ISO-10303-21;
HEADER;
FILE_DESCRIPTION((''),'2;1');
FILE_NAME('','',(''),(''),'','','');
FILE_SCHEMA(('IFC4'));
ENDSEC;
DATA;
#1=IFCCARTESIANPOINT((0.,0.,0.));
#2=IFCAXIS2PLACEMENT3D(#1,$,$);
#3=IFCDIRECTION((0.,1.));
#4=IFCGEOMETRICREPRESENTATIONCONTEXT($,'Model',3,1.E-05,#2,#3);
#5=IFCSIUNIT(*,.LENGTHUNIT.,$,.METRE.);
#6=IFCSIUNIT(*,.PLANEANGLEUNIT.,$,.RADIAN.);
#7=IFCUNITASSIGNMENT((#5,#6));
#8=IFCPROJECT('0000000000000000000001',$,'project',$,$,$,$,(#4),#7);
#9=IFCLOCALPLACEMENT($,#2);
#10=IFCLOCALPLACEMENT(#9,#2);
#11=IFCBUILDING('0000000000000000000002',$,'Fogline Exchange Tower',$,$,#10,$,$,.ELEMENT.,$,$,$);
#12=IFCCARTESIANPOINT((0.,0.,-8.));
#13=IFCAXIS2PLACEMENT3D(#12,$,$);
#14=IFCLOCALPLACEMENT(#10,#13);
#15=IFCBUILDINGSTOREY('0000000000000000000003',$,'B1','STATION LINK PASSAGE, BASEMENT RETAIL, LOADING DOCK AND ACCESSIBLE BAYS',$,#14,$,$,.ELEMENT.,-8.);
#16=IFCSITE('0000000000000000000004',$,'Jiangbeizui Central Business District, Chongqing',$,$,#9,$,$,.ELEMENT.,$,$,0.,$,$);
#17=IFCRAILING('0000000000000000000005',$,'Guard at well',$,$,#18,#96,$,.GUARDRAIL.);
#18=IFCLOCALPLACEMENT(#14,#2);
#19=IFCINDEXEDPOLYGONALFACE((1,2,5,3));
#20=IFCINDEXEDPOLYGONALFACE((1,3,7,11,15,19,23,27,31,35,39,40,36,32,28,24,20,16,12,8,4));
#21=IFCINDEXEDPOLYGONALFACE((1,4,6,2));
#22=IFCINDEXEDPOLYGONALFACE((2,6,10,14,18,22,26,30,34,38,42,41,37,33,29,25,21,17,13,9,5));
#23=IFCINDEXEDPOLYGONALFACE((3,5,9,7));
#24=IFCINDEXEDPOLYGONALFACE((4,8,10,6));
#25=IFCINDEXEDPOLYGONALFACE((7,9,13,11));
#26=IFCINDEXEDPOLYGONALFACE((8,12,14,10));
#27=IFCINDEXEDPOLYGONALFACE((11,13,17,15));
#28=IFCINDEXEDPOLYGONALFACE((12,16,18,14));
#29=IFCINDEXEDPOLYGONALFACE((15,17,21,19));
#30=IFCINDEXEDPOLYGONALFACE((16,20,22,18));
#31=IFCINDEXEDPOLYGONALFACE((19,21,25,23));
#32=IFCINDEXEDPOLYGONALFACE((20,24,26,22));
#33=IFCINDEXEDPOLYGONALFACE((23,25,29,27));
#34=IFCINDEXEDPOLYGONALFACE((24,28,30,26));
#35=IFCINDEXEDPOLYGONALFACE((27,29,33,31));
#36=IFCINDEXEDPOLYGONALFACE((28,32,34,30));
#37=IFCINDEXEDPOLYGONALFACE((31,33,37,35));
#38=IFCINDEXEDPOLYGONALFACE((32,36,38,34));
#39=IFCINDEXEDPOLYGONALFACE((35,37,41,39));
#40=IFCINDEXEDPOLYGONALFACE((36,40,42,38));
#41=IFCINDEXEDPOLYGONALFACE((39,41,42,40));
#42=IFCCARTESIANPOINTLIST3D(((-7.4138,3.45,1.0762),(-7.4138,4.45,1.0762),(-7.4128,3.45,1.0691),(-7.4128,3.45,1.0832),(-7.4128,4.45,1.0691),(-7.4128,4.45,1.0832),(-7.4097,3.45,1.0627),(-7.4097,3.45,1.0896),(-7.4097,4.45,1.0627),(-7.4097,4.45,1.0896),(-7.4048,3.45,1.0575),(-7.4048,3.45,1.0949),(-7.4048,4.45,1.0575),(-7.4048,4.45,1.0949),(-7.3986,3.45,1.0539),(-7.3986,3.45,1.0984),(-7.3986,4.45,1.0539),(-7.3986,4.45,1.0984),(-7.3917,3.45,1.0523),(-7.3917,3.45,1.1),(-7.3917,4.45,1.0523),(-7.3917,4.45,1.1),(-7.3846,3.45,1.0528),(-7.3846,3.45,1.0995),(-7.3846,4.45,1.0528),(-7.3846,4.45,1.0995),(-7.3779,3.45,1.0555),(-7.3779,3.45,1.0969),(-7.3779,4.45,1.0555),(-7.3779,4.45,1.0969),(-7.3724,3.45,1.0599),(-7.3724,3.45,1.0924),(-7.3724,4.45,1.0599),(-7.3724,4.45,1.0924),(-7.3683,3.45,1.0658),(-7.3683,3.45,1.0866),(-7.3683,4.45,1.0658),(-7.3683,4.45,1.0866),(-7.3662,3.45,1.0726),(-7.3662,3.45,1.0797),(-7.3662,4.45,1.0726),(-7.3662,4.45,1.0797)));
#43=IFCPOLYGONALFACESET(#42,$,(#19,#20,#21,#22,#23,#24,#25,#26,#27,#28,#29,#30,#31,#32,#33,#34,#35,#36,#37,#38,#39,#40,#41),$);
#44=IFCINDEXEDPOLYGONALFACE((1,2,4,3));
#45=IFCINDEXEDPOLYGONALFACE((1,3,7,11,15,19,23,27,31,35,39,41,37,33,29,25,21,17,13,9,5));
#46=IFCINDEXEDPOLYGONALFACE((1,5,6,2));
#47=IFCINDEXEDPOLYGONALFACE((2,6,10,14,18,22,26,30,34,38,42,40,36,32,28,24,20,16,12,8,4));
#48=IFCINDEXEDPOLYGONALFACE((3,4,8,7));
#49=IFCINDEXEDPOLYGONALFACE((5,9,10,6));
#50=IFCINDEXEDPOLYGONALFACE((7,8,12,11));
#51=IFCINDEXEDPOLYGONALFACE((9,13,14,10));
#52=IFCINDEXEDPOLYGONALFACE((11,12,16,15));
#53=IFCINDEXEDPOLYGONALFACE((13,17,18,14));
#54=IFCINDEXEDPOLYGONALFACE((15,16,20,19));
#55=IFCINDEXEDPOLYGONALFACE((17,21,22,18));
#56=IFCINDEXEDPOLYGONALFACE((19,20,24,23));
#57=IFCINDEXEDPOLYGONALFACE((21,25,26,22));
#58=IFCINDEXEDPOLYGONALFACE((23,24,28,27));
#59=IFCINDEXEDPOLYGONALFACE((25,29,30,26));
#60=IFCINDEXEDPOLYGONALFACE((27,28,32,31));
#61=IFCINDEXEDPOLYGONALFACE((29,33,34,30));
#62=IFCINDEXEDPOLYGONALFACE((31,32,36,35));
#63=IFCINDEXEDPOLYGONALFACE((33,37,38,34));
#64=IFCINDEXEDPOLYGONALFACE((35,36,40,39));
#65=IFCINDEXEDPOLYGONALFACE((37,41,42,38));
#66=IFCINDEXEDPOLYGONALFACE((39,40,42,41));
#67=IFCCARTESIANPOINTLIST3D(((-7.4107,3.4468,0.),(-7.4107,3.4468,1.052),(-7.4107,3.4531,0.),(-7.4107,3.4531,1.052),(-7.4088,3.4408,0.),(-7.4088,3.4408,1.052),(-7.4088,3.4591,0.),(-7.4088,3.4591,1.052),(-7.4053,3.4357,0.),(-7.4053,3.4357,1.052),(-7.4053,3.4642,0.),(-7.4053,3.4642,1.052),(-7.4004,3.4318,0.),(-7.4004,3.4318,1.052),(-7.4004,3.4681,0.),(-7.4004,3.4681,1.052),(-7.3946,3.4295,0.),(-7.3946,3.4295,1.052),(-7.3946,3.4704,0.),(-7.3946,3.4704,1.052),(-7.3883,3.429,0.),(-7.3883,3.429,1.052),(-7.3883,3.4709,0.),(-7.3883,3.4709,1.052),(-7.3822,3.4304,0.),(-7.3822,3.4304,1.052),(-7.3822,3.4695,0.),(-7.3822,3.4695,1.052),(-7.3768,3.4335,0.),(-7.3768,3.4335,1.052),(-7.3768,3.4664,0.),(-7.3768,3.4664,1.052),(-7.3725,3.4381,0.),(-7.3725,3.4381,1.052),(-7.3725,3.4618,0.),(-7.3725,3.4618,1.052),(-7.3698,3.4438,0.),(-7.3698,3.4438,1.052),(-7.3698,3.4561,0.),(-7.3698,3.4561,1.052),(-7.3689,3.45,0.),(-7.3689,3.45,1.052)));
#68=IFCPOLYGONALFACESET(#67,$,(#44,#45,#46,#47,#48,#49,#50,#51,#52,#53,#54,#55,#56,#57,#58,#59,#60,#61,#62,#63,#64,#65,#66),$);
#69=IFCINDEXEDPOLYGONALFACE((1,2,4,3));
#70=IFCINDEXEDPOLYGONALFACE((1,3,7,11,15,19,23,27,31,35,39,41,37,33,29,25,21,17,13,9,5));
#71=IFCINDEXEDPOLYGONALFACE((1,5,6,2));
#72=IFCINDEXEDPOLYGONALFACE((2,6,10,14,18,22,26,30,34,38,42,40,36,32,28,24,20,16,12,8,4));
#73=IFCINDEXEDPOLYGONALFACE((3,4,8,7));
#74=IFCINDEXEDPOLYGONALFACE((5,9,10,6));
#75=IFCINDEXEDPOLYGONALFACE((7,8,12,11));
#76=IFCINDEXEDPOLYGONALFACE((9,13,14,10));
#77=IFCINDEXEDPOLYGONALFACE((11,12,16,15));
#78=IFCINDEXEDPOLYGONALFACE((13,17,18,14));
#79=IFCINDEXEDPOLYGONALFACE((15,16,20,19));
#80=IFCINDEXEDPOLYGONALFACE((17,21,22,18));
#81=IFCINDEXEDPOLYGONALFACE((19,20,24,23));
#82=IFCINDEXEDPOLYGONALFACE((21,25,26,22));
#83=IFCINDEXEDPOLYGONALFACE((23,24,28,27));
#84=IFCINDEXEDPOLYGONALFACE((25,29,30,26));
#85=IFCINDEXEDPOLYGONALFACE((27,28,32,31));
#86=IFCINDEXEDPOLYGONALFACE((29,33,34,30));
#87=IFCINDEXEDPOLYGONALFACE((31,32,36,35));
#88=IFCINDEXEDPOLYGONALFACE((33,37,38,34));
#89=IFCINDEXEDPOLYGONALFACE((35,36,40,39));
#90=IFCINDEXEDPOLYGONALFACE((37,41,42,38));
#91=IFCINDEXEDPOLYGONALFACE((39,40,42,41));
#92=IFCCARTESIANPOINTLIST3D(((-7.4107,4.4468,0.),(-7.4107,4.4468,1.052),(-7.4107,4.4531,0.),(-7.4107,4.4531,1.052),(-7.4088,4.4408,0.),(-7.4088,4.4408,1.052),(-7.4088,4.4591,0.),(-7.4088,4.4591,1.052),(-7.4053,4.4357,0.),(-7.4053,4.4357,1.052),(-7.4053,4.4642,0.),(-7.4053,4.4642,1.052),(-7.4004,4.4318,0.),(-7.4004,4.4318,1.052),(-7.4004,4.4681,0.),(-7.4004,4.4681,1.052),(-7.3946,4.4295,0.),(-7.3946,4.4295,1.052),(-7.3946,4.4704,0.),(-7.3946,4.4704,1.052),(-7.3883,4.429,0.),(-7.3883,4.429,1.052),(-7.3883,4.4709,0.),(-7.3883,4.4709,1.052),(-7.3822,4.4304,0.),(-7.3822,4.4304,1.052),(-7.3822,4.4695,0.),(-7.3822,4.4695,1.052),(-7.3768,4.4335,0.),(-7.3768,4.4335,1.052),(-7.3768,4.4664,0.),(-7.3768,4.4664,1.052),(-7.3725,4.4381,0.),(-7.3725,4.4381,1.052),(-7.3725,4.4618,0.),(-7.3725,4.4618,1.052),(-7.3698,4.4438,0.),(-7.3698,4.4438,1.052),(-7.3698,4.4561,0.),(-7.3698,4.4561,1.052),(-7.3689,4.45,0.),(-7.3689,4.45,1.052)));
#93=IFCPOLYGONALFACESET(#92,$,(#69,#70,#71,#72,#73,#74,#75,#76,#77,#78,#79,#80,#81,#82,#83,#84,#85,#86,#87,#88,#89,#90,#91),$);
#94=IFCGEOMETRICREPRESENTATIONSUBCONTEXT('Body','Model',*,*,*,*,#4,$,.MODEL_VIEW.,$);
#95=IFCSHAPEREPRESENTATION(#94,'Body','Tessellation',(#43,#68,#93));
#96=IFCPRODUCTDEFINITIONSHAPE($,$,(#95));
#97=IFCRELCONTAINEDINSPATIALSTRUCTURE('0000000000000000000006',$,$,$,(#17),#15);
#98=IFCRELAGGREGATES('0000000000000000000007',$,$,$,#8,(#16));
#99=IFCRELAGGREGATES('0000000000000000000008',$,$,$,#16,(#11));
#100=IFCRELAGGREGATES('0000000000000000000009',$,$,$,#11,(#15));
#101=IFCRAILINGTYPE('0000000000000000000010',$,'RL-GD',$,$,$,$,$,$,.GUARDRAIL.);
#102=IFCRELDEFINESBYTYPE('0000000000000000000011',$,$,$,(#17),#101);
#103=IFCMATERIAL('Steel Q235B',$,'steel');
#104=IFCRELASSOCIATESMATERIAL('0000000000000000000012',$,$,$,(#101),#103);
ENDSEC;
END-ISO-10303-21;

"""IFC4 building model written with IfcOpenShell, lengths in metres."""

from ifc_helpers import new_model, si_unit, direction, frame, origin, origin_2d, place, context, subcontext, project, spatial, circle, extrude, material, type_object, element, save


model = new_model("IFC4")

# Units and contexts
model_context = context("Model", 3, precision=1e-05, world=origin(), true_north=direction((0.0, 1.0)))
body_context = subcontext(model_context, "Body", "Model", "MODEL_VIEW")
ifc_project = project(units=[si_unit("LENGTHUNIT", "METRE"), si_unit("PLANEANGLEUNIT", "RADIAN")], contexts=[model_context])

# Site, building, storey
site_placement = place(None, origin())
site = spatial("IfcSite", under=ifc_project, at=site_placement, Name="Jiangbeizui Central Business District, Chongqing", CompositionType="ELEMENT", RefElevation=0.0)
building_placement = place(site_placement, origin())
building = spatial("IfcBuilding", under=site, at=building_placement, Name="Fogline Exchange Tower", CompositionType="ELEMENT")
storey_placement = place(building_placement, frame((0.0, 0.0, -8.0)))
storey = spatial("IfcBuildingStorey", under=building, at=storey_placement, Name="B1", Description="STATION LINK PASSAGE, BASEMENT RETAIL, LOADING DOCK AND ACCESSIBLE BAYS", CompositionType="ELEMENT", Elevation=-8.0)

# Railing
ifc_material_1 = material(Name="Steel Q235B", Category="steel")
railing_type_1 = type_object("IfcRailingType", Name="RL-GD", PredefinedType="GUARDRAIL", material=ifc_material_1)
railing_1_placement = place(storey_placement, frame((-7.3899, 3.45, 0.0)))
element("IfcRailing", 1, at=railing_1_placement, inside=storey, type_object=railing_type_1, Name="Guard at well", PredefinedType="GUARDRAIL", context=body_context, shape_type="SweptSolid", body=[
    extrude(circle(Radius=0.0239, at=origin_2d()), frame((0.0, 0.0, 1.0762), z_axis=(0.0, 1.0, 0.0), x_axis=(-1.0, 0.0, 0.0)), (0.0, 0.0, 1.0), 1.0),
    extrude(circle(Radius=0.021, at=origin_2d()), origin(), (0.0, 0.0, 1.0), 1.052),
    extrude(circle(Radius=0.021, at=origin_2d()), frame((0.0, 1.0, 0.0)), (0.0, 0.0, 1.0), 1.052),
])

save(model, "model.ifc")
